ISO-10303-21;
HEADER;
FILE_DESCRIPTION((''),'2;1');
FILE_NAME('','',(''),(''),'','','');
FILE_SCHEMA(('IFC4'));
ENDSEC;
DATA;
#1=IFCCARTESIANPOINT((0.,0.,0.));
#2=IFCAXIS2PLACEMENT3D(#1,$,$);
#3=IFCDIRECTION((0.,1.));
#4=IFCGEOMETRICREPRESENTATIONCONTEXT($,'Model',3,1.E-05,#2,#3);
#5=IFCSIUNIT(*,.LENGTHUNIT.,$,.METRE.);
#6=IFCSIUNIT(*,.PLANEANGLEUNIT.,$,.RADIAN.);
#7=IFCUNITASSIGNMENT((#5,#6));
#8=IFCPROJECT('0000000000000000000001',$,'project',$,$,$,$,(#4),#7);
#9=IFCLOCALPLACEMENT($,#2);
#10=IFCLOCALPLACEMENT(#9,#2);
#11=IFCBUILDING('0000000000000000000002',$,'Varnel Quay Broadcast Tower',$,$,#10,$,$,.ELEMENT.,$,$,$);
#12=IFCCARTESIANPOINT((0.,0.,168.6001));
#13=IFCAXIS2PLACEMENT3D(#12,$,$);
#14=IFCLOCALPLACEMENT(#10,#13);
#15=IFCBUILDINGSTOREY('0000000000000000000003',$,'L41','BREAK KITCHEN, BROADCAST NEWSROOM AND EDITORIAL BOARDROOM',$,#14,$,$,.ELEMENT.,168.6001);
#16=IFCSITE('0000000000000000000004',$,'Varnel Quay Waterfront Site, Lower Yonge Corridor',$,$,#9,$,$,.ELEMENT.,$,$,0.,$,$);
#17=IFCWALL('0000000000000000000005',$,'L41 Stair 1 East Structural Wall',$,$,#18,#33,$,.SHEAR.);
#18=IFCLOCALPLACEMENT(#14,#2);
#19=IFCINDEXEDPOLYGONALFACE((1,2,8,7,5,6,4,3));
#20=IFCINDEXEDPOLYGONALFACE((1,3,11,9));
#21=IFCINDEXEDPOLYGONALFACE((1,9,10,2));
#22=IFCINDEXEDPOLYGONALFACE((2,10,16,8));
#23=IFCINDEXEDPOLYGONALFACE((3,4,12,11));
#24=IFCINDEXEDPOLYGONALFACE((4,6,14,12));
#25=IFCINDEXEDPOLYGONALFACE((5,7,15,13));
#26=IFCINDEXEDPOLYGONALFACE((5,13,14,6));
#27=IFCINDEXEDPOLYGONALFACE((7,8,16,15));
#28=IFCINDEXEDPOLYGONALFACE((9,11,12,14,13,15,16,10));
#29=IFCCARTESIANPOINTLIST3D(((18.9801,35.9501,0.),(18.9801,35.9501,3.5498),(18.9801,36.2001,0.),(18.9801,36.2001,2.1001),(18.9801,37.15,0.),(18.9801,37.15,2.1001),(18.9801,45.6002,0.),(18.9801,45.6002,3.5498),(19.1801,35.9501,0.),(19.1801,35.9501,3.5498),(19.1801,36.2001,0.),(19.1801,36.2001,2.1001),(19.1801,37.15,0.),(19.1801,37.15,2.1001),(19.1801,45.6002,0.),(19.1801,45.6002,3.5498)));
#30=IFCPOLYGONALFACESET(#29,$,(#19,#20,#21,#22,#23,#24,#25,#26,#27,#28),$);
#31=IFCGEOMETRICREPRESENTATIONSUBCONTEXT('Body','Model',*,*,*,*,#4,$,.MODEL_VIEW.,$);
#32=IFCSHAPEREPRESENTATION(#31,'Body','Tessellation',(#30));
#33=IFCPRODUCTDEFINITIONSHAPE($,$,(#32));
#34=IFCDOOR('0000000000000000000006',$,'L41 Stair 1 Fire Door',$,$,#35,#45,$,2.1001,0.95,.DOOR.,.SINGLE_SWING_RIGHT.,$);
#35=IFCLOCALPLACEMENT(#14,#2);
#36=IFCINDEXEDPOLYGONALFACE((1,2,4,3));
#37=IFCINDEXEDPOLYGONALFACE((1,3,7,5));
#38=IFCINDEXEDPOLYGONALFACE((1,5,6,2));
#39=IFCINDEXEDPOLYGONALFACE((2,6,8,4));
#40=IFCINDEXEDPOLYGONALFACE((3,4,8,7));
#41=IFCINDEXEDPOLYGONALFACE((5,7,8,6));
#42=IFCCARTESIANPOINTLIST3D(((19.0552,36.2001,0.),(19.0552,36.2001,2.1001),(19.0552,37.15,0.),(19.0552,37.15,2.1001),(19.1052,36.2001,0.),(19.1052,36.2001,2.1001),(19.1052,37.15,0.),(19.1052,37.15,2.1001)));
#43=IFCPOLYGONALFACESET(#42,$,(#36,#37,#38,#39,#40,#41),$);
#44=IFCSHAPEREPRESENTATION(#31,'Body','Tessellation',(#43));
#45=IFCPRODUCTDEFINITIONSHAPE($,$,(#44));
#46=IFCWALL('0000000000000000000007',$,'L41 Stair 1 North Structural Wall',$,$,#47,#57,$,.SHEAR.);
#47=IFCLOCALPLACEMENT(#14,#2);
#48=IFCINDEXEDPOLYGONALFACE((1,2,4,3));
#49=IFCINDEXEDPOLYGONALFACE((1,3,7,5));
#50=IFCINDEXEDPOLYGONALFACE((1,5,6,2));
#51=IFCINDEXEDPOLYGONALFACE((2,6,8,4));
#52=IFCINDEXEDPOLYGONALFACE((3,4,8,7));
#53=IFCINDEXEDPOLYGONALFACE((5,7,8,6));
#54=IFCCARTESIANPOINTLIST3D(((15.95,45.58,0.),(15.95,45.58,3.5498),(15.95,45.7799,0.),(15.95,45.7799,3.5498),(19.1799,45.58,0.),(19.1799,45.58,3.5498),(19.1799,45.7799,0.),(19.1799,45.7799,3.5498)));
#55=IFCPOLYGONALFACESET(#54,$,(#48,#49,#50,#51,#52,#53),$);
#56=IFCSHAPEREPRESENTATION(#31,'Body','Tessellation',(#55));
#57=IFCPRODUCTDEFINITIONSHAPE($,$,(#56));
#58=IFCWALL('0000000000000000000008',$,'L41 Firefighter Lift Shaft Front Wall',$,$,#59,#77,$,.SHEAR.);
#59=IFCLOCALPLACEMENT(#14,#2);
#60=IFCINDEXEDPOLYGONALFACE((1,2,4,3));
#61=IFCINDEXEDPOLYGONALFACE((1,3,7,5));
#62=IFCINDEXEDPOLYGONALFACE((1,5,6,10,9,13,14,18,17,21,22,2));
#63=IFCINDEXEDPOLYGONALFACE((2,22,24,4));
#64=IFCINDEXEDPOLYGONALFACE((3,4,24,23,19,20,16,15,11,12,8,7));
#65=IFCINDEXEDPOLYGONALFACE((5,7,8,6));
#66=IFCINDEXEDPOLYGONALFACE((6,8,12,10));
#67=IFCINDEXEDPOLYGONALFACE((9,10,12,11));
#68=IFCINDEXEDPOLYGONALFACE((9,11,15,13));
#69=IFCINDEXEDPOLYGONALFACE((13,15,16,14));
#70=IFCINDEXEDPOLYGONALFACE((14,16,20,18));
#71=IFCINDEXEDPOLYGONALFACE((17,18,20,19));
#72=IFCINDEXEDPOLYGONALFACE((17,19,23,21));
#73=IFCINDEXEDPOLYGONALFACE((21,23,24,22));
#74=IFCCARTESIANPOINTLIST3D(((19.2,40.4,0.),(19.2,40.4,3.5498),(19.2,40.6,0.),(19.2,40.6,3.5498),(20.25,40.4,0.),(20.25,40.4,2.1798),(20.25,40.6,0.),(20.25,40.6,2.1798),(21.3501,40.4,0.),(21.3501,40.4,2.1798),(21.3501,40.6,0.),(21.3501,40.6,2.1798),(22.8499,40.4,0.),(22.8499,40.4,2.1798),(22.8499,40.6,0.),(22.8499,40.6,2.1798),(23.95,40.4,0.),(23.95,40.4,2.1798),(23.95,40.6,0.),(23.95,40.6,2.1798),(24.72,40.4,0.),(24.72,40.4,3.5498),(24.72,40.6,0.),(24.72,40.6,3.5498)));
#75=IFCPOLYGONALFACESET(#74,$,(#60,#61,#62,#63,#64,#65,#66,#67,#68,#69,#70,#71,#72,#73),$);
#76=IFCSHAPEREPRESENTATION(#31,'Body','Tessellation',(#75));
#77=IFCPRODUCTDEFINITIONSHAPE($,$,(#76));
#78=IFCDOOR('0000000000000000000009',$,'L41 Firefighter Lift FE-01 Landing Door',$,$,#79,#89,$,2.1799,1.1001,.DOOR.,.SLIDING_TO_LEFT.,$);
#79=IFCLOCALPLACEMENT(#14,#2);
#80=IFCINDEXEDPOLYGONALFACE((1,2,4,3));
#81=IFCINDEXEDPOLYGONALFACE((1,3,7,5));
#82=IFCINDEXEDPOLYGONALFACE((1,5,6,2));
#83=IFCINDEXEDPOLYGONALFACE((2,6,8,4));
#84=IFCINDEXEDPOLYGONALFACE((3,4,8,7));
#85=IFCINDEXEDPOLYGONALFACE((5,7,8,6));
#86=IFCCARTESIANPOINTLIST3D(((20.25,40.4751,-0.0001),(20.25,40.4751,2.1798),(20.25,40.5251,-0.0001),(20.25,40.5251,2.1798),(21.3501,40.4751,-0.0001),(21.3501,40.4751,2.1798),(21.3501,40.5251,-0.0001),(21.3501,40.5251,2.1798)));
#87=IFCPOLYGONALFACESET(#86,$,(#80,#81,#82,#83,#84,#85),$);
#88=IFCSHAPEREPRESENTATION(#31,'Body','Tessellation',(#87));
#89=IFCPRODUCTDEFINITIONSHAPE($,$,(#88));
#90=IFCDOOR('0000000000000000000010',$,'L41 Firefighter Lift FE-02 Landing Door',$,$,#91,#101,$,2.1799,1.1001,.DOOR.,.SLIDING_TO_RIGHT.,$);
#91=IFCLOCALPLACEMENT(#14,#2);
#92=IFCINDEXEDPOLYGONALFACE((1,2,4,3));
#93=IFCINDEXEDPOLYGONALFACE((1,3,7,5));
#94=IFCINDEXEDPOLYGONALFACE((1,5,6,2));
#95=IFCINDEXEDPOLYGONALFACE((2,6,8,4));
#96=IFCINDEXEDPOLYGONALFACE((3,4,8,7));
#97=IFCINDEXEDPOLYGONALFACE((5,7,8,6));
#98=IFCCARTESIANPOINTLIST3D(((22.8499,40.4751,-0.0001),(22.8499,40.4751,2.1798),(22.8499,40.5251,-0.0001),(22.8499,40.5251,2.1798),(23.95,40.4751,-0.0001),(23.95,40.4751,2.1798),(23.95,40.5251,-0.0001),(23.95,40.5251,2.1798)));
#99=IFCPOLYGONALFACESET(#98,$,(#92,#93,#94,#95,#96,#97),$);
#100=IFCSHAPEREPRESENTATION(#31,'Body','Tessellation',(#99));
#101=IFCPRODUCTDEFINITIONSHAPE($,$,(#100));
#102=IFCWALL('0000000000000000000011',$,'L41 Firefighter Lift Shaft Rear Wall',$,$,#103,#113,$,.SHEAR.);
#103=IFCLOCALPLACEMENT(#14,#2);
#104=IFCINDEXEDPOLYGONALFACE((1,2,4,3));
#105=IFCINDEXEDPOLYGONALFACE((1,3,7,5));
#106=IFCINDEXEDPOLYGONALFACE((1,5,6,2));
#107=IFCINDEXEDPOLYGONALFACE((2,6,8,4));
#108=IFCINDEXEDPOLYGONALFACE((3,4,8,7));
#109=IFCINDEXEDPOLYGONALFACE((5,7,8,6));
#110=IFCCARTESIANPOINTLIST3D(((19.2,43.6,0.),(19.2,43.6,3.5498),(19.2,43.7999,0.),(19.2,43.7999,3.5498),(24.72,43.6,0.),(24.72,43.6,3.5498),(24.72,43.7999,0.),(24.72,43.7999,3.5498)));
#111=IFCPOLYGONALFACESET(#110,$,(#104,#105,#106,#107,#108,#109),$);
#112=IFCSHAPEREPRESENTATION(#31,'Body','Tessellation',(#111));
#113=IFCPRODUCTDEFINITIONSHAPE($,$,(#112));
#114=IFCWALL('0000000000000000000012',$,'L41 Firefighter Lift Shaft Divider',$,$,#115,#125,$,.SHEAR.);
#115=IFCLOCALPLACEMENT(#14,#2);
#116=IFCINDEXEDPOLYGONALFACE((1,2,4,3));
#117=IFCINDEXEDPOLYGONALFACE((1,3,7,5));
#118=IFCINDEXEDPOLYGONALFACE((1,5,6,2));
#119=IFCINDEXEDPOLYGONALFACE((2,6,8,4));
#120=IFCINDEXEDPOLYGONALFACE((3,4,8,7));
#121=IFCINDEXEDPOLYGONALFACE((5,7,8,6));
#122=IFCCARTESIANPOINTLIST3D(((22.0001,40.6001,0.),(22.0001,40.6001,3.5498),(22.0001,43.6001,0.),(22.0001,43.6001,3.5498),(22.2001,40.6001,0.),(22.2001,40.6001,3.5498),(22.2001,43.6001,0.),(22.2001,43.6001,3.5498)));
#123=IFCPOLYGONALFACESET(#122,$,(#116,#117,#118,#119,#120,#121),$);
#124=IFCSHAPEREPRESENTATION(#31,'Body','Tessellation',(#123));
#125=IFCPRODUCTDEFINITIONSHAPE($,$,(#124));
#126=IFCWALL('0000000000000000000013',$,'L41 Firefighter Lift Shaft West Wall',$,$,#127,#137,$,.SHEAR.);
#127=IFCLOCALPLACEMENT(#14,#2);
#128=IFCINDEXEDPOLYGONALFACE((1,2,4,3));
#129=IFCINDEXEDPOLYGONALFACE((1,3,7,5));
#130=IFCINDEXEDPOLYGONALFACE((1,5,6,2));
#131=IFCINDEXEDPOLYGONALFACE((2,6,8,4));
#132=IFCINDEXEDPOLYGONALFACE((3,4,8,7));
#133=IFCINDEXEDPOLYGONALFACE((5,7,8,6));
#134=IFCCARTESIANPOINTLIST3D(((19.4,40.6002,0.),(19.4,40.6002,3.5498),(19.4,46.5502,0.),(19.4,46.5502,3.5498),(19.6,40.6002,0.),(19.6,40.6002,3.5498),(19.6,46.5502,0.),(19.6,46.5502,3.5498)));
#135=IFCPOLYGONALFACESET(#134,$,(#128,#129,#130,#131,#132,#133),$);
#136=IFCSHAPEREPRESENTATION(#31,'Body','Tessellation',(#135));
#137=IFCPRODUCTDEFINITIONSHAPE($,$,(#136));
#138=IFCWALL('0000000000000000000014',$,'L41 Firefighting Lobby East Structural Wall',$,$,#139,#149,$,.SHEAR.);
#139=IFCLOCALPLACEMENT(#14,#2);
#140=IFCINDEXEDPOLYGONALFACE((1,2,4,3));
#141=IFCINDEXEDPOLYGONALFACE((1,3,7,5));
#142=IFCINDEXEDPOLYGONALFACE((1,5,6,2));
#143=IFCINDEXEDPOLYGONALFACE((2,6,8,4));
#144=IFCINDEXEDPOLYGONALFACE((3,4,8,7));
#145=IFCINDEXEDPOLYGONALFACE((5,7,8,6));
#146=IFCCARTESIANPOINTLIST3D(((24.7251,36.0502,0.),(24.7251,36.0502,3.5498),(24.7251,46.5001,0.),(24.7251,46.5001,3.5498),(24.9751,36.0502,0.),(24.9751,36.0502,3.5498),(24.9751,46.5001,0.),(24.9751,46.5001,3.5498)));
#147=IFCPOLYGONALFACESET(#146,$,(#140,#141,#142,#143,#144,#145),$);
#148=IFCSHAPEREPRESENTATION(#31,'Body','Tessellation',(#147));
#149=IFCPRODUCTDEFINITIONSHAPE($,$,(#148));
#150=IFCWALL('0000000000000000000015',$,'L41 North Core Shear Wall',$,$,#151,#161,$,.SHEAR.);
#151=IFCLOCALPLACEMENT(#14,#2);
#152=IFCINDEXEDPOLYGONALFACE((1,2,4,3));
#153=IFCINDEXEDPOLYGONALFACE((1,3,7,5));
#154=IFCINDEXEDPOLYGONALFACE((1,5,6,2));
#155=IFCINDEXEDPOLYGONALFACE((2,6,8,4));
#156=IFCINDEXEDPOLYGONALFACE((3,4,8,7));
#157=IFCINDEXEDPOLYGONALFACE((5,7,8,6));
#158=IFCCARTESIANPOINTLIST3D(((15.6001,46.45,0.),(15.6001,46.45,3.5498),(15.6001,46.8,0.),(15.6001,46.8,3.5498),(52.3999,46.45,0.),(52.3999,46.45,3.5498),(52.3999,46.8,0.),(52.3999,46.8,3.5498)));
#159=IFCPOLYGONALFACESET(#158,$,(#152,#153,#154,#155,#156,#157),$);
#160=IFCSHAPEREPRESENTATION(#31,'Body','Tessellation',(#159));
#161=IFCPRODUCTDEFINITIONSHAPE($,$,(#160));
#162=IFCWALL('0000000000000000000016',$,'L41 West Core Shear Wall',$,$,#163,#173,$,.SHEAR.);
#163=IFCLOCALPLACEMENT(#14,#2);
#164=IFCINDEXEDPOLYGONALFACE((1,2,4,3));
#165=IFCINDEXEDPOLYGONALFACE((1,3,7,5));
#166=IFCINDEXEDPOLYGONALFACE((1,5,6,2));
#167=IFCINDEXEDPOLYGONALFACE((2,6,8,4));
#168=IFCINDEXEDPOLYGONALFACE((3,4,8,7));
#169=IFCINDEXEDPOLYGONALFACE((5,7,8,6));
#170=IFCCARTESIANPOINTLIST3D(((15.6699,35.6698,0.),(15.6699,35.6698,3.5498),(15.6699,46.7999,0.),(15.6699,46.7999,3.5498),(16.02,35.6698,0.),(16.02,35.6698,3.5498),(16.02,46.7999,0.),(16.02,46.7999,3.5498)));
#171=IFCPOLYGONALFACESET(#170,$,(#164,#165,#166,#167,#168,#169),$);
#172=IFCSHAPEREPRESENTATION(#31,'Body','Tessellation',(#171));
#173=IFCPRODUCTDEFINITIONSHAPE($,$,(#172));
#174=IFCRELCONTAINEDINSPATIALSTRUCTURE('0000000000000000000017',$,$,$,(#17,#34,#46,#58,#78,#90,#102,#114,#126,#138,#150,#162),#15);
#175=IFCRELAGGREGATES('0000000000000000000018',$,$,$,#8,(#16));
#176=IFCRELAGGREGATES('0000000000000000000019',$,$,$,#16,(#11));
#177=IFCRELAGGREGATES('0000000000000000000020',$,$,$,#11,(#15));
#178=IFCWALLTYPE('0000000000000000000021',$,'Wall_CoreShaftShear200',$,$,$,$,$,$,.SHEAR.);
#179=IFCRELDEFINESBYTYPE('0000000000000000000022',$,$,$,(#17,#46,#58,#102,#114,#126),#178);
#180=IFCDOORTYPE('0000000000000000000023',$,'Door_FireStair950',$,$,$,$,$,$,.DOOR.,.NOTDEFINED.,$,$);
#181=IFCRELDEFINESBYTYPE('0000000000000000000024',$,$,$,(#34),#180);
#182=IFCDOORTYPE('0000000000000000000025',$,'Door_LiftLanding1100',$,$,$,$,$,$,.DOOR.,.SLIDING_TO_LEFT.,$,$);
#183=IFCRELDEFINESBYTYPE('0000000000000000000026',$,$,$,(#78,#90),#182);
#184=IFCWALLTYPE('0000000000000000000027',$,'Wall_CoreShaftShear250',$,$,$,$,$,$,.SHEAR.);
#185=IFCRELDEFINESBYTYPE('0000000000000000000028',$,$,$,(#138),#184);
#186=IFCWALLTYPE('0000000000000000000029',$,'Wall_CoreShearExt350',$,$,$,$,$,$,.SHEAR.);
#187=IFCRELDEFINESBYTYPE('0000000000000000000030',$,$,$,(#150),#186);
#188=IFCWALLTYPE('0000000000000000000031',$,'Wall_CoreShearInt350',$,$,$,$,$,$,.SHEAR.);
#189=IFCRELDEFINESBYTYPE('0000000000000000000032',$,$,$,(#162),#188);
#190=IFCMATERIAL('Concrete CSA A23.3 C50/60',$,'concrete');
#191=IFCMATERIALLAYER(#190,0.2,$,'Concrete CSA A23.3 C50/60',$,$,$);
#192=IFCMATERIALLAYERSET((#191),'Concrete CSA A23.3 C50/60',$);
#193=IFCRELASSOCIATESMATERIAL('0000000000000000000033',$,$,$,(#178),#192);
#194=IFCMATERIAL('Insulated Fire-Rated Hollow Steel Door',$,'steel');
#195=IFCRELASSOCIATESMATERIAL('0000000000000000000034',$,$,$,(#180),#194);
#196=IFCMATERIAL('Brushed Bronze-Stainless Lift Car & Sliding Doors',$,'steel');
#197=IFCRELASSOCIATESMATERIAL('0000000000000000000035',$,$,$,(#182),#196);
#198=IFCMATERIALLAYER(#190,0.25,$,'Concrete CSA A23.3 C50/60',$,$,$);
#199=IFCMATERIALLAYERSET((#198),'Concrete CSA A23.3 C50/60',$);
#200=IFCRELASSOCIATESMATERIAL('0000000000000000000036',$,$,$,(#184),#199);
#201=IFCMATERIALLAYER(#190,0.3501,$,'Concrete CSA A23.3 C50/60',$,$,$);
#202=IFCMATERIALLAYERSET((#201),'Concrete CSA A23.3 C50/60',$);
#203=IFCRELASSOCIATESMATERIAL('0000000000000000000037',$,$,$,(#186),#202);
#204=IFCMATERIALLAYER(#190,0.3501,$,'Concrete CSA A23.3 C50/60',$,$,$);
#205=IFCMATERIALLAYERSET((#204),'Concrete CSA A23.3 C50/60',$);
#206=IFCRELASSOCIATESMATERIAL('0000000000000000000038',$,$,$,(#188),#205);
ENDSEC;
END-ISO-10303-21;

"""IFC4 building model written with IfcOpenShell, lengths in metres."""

from ifc_helpers import new_model, si_unit, direction, frame, frame_2d, origin, place, context, subcontext, project, spatial, rectangle, extrude, source, transform, mapped, material, layer, layer_set, type_object, type_shapes, element, fill, save


model = new_model("IFC4")

# Units and contexts
model_context = context("Model", 3, precision=1e-05, world=origin(), true_north=direction((0.0, 1.0)))
body_context = subcontext(model_context, "Body", "Model", "MODEL_VIEW")
ifc_project = project(units=[si_unit("LENGTHUNIT", "METRE"), si_unit("PLANEANGLEUNIT", "RADIAN")], contexts=[model_context])

# Site, building, storey
site_placement = place(None, origin())
site = spatial("IfcSite", under=ifc_project, at=site_placement, Name="Varnel Quay Waterfront Site, Lower Yonge Corridor", CompositionType="ELEMENT", RefElevation=0.0)
building_placement = place(site_placement, origin())
building = spatial("IfcBuilding", under=site, at=building_placement, Name="Varnel Quay Broadcast Tower", CompositionType="ELEMENT")
storey_placement = place(building_placement, frame((0.0, 0.0, 168.6001)))
storey = spatial("IfcBuildingStorey", under=building, at=storey_placement, Name="L41", Description="BREAK KITCHEN, BROADCAST NEWSROOM AND EDITORIAL BOARDROOM", CompositionType="ELEMENT", Elevation=168.6001)

# Wall, opening, door
ifc_material_1 = material(Name="Concrete CSA A23.3 C50/60", Category="concrete")
ifc_layer_1 = layer(ifc_material_1, 0.2, Name="Concrete CSA A23.3 C50/60")
ifc_layer_set_1 = layer_set([ifc_layer_1], Name="Concrete CSA A23.3 C50/60")
wall_type_1 = type_object("IfcWallType", Name="Wall_CoreShaftShear200", PredefinedType="SHEAR", material=ifc_layer_set_1)
wall_1_placement = place(storey_placement, frame((19.0801, 35.95, 0.0), z_axis=(0.0, 0.0, 1.0), x_axis=(0.0, 1.0, 0.0)))
wall_1 = element("IfcWall", 1, at=wall_1_placement, inside=storey, type_object=wall_type_1, Name="L41 Stair 1 East Structural Wall", PredefinedType="SHEAR", context=body_context, shape_type="SweptSolid", body=[
    extrude(rectangle(XDim=9.6501, YDim=0.2, at=frame_2d((4.8252, 0.0))), origin(), (0.0, 0.0, 1.0), 3.5498),
])
opening_1_placement = place(wall_1_placement, frame((0.25, 0.0, 0.0)))
opening_1 = element("IfcOpeningElement", 2, at=opening_1_placement, cuts=wall_1, PredefinedType="OPENING", context=body_context, shape_type="SweptSolid", body=[
    extrude(rectangle(XDim=0.95, YDim=2.1001, at=frame_2d((0.4751, 1.05))), frame((0.0, 0.1099, 0.0), z_axis=(0.0, -1.0, 0.0), x_axis=(1.0, 0.0, 0.0)), (0.0, 0.0, 1.0), 0.22),
])
ifc_material_2 = material(Name="Insulated Fire-Rated Hollow Steel Door", Category="steel")
door_type_1 = type_object("IfcDoorType", Name="Door_FireStair950", OperationType="NOTDEFINED", PredefinedType="DOOR", material=ifc_material_2)
shared_shape_1 = source(origin(), body_context, "Body", "SweptSolid", [
    extrude(rectangle(XDim=0.95, YDim=2.1001, at=frame_2d((0.4751, 1.05))), frame((0.0, 0.0249, 0.0), z_axis=(0.0, -1.0, 0.0), x_axis=(1.0, 0.0, 0.0)), (0.0, 0.0, 1.0), 0.05),
])
type_shapes(door_type_1, [shared_shape_1])
door_1_placement = place(opening_1_placement, origin())
door_1 = element("IfcDoor", 3, at=door_1_placement, inside=storey, type_object=door_type_1, Name="L41 Stair 1 Fire Door", OperationType="SINGLE_SWING_RIGHT", OverallHeight=2.1001, OverallWidth=0.95, PredefinedType="DOOR", context=body_context, shape_type="MappedRepresentation", body=[
    mapped(shared_shape_1, transform((0.0, 0.0, 0.0), x_axis=(1.0, 0.0, 0.0), y_axis=(0.0, 1.0, 0.0), z_axis=(0.0, 0.0, 1.0), scale=1.0)),
])
fill(opening_1, door_1)

# Wall
wall_2_placement = place(storey_placement, frame((15.95, 45.6799, 0.0), z_axis=(0.0, 0.0, 1.0), x_axis=(1.0, 0.0, 0.0)))
element("IfcWall", 4, at=wall_2_placement, inside=storey, type_object=wall_type_1, Name="L41 Stair 1 North Structural Wall", PredefinedType="SHEAR", context=body_context, shape_type="SweptSolid", body=[
    extrude(rectangle(XDim=3.23, YDim=0.2, at=frame_2d((1.615, 0.0))), origin(), (0.0, 0.0, 1.0), 3.5498),
])

# Wall, openings, doors
wall_3_placement = place(storey_placement, frame((19.2, 40.5, 0.0), z_axis=(0.0, 0.0, 1.0), x_axis=(1.0, 0.0, 0.0)))
wall_3 = element("IfcWall", 5, at=wall_3_placement, inside=storey, type_object=wall_type_1, Name="L41 Firefighter Lift Shaft Front Wall", PredefinedType="SHEAR", context=body_context, shape_type="SweptSolid", body=[
    extrude(rectangle(XDim=5.52, YDim=0.2, at=frame_2d((2.76, 0.0))), origin(), (0.0, 0.0, 1.0), 3.5498),
])
opening_2_placement = place(wall_3_placement, frame((1.05, 0.0, 0.0)))
opening_2 = element("IfcOpeningElement", 6, at=opening_2_placement, cuts=wall_3, PredefinedType="OPENING", context=body_context, shape_type="SweptSolid", body=[
    extrude(rectangle(XDim=1.1001, YDim=2.1799, at=frame_2d((0.55, 1.0898))), frame((0.0, 0.1099, 0.0), z_axis=(0.0, -1.0, 0.0), x_axis=(1.0, 0.0, 0.0)), (0.0, 0.0, 1.0), 0.22),
])
opening_3_placement = place(wall_3_placement, frame((3.6499, 0.0, 0.0)))
opening_3 = element("IfcOpeningElement", 7, at=opening_3_placement, cuts=wall_3, PredefinedType="OPENING", context=body_context, shape_type="SweptSolid", body=[
    extrude(rectangle(XDim=1.1001, YDim=2.1799, at=frame_2d((0.55, 1.0898))), frame((0.0, 0.1099, 0.0), z_axis=(0.0, -1.0, 0.0), x_axis=(1.0, 0.0, 0.0)), (0.0, 0.0, 1.0), 0.22),
])
ifc_material_3 = material(Name="Brushed Bronze-Stainless Lift Car & Sliding Doors", Category="steel")
door_type_2 = type_object("IfcDoorType", Name="Door_LiftLanding1100", OperationType="SLIDING_TO_LEFT", PredefinedType="DOOR", material=ifc_material_3)
shared_shape_2 = source(origin(), body_context, "Body", "SweptSolid", [
    extrude(rectangle(XDim=1.1001, YDim=2.1799, at=frame_2d((0.55, 1.0898))), frame((0.0, 0.0249, 0.0), z_axis=(0.0, -1.0, 0.0), x_axis=(1.0, 0.0, 0.0)), (0.0, 0.0, 1.0), 0.05),
])
type_shapes(door_type_2, [shared_shape_2])
door_2_placement = place(opening_2_placement, frame((1.1001, 0.0, 0.0), z_axis=(0.0, 0.0, 1.0), x_axis=(-1.0, 0.0, 0.0)))
door_2 = element("IfcDoor", 8, at=door_2_placement, inside=storey, type_object=door_type_2, Name="L41 Firefighter Lift FE-01 Landing Door", OperationType="SLIDING_TO_LEFT", OverallHeight=2.1799, OverallWidth=1.1001, PredefinedType="DOOR", context=body_context, shape_type="MappedRepresentation", body=[
    mapped(shared_shape_2, transform((0.0, 0.0, 0.0), x_axis=(1.0, 0.0, 0.0), y_axis=(0.0, 1.0, 0.0), z_axis=(0.0, 0.0, 1.0), scale=1.0)),
])
fill(opening_2, door_2)
door_3_placement = place(opening_3_placement, frame((1.1001, 0.0, 0.0), z_axis=(0.0, 0.0, 1.0), x_axis=(-1.0, 0.0, 0.0)))
door_3 = element("IfcDoor", 9, at=door_3_placement, inside=storey, type_object=door_type_2, Name="L41 Firefighter Lift FE-02 Landing Door", OperationType="SLIDING_TO_RIGHT", OverallHeight=2.1799, OverallWidth=1.1001, PredefinedType="DOOR", context=body_context, shape_type="MappedRepresentation", body=[
    mapped(shared_shape_2, transform((0.0, 0.0, 0.0), x_axis=(1.0, 0.0, 0.0), y_axis=(0.0, 1.0, 0.0), z_axis=(0.0, 0.0, 1.0), scale=1.0)),
])
fill(opening_3, door_3)

# Walls
wall_4_placement = place(storey_placement, frame((19.2, 43.7, 0.0), z_axis=(0.0, 0.0, 1.0), x_axis=(1.0, 0.0, 0.0)))
element("IfcWall", 10, at=wall_4_placement, inside=storey, type_object=wall_type_1, Name="L41 Firefighter Lift Shaft Rear Wall", PredefinedType="SHEAR", context=body_context, shape_type="SweptSolid", body=[
    extrude(rectangle(XDim=5.52, YDim=0.2, at=frame_2d((2.76, 0.0))), origin(), (0.0, 0.0, 1.0), 3.5498),
])
wall_5_placement = place(storey_placement, frame((22.1001, 40.6001, 0.0), z_axis=(0.0, 0.0, 1.0), x_axis=(0.0, 1.0, 0.0)))
element("IfcWall", 11, at=wall_5_placement, inside=storey, type_object=wall_type_1, Name="L41 Firefighter Lift Shaft Divider", PredefinedType="SHEAR", context=body_context, shape_type="SweptSolid", body=[
    extrude(rectangle(XDim=3.0, YDim=0.2, at=frame_2d((1.5, 0.0))), origin(), (0.0, 0.0, 1.0), 3.5498),
])
wall_6_placement = place(storey_placement, frame((19.5, 40.6001, 0.0), z_axis=(0.0, 0.0, 1.0), x_axis=(0.0, 1.0, 0.0)))
element("IfcWall", 12, at=wall_6_placement, inside=storey, type_object=wall_type_1, Name="L41 Firefighter Lift Shaft West Wall", PredefinedType="SHEAR", context=body_context, shape_type="SweptSolid", body=[
    extrude(rectangle(XDim=5.95, YDim=0.2, at=frame_2d((2.9751, 0.0))), origin(), (0.0, 0.0, 1.0), 3.5498),
])
ifc_layer_2 = layer(ifc_material_1, 0.25, Name="Concrete CSA A23.3 C50/60")
ifc_layer_set_2 = layer_set([ifc_layer_2], Name="Concrete CSA A23.3 C50/60")
wall_type_2 = type_object("IfcWallType", Name="Wall_CoreShaftShear250", PredefinedType="SHEAR", material=ifc_layer_set_2)
wall_7_placement = place(storey_placement, frame((24.8501, 36.05, 0.0), z_axis=(0.0, 0.0, 1.0), x_axis=(0.0, 1.0, 0.0)))
element("IfcWall", 13, at=wall_7_placement, inside=storey, type_object=wall_type_2, Name="L41 Firefighting Lobby East Structural Wall", PredefinedType="SHEAR", context=body_context, shape_type="SweptSolid", body=[
    extrude(rectangle(XDim=10.45, YDim=0.25, at=frame_2d((5.2251, 0.0))), origin(), (0.0, 0.0, 1.0), 3.5498),
])
ifc_layer_3 = layer(ifc_material_1, 0.3501, Name="Concrete CSA A23.3 C50/60")
ifc_layer_set_3 = layer_set([ifc_layer_3], Name="Concrete CSA A23.3 C50/60")
wall_type_3 = type_object("IfcWallType", Name="Wall_CoreShearExt350", PredefinedType="SHEAR", material=ifc_layer_set_3)
wall_8_placement = place(storey_placement, frame((15.6001, 46.625, 0.0), z_axis=(0.0, 0.0, 1.0), x_axis=(1.0, 0.0, 0.0)))
element("IfcWall", 14, at=wall_8_placement, inside=storey, type_object=wall_type_3, Name="L41 North Core Shear Wall", PredefinedType="SHEAR", context=body_context, shape_type="SweptSolid", body=[
    extrude(rectangle(XDim=36.7998, YDim=0.3501, at=frame_2d((18.3999, 0.0))), origin(), (0.0, 0.0, 1.0), 3.5498),
])
ifc_layer_4 = layer(ifc_material_1, 0.3501, Name="Concrete CSA A23.3 C50/60")
ifc_layer_set_4 = layer_set([ifc_layer_4], Name="Concrete CSA A23.3 C50/60")
wall_type_4 = type_object("IfcWallType", Name="Wall_CoreShearInt350", PredefinedType="SHEAR", material=ifc_layer_set_4)
wall_9_placement = place(storey_placement, frame((15.845, 35.6699, 0.0), z_axis=(0.0, 0.0, 1.0), x_axis=(0.0, 1.0, 0.0)))
element("IfcWall", 15, at=wall_9_placement, inside=storey, type_object=wall_type_4, Name="L41 West Core Shear Wall", PredefinedType="SHEAR", context=body_context, shape_type="SweptSolid", body=[
    extrude(rectangle(XDim=11.1301, YDim=0.3501, at=frame_2d((5.5649, 0.0))), origin(), (0.0, 0.0, 1.0), 3.5498),
])

save(model, "model.ifc")
